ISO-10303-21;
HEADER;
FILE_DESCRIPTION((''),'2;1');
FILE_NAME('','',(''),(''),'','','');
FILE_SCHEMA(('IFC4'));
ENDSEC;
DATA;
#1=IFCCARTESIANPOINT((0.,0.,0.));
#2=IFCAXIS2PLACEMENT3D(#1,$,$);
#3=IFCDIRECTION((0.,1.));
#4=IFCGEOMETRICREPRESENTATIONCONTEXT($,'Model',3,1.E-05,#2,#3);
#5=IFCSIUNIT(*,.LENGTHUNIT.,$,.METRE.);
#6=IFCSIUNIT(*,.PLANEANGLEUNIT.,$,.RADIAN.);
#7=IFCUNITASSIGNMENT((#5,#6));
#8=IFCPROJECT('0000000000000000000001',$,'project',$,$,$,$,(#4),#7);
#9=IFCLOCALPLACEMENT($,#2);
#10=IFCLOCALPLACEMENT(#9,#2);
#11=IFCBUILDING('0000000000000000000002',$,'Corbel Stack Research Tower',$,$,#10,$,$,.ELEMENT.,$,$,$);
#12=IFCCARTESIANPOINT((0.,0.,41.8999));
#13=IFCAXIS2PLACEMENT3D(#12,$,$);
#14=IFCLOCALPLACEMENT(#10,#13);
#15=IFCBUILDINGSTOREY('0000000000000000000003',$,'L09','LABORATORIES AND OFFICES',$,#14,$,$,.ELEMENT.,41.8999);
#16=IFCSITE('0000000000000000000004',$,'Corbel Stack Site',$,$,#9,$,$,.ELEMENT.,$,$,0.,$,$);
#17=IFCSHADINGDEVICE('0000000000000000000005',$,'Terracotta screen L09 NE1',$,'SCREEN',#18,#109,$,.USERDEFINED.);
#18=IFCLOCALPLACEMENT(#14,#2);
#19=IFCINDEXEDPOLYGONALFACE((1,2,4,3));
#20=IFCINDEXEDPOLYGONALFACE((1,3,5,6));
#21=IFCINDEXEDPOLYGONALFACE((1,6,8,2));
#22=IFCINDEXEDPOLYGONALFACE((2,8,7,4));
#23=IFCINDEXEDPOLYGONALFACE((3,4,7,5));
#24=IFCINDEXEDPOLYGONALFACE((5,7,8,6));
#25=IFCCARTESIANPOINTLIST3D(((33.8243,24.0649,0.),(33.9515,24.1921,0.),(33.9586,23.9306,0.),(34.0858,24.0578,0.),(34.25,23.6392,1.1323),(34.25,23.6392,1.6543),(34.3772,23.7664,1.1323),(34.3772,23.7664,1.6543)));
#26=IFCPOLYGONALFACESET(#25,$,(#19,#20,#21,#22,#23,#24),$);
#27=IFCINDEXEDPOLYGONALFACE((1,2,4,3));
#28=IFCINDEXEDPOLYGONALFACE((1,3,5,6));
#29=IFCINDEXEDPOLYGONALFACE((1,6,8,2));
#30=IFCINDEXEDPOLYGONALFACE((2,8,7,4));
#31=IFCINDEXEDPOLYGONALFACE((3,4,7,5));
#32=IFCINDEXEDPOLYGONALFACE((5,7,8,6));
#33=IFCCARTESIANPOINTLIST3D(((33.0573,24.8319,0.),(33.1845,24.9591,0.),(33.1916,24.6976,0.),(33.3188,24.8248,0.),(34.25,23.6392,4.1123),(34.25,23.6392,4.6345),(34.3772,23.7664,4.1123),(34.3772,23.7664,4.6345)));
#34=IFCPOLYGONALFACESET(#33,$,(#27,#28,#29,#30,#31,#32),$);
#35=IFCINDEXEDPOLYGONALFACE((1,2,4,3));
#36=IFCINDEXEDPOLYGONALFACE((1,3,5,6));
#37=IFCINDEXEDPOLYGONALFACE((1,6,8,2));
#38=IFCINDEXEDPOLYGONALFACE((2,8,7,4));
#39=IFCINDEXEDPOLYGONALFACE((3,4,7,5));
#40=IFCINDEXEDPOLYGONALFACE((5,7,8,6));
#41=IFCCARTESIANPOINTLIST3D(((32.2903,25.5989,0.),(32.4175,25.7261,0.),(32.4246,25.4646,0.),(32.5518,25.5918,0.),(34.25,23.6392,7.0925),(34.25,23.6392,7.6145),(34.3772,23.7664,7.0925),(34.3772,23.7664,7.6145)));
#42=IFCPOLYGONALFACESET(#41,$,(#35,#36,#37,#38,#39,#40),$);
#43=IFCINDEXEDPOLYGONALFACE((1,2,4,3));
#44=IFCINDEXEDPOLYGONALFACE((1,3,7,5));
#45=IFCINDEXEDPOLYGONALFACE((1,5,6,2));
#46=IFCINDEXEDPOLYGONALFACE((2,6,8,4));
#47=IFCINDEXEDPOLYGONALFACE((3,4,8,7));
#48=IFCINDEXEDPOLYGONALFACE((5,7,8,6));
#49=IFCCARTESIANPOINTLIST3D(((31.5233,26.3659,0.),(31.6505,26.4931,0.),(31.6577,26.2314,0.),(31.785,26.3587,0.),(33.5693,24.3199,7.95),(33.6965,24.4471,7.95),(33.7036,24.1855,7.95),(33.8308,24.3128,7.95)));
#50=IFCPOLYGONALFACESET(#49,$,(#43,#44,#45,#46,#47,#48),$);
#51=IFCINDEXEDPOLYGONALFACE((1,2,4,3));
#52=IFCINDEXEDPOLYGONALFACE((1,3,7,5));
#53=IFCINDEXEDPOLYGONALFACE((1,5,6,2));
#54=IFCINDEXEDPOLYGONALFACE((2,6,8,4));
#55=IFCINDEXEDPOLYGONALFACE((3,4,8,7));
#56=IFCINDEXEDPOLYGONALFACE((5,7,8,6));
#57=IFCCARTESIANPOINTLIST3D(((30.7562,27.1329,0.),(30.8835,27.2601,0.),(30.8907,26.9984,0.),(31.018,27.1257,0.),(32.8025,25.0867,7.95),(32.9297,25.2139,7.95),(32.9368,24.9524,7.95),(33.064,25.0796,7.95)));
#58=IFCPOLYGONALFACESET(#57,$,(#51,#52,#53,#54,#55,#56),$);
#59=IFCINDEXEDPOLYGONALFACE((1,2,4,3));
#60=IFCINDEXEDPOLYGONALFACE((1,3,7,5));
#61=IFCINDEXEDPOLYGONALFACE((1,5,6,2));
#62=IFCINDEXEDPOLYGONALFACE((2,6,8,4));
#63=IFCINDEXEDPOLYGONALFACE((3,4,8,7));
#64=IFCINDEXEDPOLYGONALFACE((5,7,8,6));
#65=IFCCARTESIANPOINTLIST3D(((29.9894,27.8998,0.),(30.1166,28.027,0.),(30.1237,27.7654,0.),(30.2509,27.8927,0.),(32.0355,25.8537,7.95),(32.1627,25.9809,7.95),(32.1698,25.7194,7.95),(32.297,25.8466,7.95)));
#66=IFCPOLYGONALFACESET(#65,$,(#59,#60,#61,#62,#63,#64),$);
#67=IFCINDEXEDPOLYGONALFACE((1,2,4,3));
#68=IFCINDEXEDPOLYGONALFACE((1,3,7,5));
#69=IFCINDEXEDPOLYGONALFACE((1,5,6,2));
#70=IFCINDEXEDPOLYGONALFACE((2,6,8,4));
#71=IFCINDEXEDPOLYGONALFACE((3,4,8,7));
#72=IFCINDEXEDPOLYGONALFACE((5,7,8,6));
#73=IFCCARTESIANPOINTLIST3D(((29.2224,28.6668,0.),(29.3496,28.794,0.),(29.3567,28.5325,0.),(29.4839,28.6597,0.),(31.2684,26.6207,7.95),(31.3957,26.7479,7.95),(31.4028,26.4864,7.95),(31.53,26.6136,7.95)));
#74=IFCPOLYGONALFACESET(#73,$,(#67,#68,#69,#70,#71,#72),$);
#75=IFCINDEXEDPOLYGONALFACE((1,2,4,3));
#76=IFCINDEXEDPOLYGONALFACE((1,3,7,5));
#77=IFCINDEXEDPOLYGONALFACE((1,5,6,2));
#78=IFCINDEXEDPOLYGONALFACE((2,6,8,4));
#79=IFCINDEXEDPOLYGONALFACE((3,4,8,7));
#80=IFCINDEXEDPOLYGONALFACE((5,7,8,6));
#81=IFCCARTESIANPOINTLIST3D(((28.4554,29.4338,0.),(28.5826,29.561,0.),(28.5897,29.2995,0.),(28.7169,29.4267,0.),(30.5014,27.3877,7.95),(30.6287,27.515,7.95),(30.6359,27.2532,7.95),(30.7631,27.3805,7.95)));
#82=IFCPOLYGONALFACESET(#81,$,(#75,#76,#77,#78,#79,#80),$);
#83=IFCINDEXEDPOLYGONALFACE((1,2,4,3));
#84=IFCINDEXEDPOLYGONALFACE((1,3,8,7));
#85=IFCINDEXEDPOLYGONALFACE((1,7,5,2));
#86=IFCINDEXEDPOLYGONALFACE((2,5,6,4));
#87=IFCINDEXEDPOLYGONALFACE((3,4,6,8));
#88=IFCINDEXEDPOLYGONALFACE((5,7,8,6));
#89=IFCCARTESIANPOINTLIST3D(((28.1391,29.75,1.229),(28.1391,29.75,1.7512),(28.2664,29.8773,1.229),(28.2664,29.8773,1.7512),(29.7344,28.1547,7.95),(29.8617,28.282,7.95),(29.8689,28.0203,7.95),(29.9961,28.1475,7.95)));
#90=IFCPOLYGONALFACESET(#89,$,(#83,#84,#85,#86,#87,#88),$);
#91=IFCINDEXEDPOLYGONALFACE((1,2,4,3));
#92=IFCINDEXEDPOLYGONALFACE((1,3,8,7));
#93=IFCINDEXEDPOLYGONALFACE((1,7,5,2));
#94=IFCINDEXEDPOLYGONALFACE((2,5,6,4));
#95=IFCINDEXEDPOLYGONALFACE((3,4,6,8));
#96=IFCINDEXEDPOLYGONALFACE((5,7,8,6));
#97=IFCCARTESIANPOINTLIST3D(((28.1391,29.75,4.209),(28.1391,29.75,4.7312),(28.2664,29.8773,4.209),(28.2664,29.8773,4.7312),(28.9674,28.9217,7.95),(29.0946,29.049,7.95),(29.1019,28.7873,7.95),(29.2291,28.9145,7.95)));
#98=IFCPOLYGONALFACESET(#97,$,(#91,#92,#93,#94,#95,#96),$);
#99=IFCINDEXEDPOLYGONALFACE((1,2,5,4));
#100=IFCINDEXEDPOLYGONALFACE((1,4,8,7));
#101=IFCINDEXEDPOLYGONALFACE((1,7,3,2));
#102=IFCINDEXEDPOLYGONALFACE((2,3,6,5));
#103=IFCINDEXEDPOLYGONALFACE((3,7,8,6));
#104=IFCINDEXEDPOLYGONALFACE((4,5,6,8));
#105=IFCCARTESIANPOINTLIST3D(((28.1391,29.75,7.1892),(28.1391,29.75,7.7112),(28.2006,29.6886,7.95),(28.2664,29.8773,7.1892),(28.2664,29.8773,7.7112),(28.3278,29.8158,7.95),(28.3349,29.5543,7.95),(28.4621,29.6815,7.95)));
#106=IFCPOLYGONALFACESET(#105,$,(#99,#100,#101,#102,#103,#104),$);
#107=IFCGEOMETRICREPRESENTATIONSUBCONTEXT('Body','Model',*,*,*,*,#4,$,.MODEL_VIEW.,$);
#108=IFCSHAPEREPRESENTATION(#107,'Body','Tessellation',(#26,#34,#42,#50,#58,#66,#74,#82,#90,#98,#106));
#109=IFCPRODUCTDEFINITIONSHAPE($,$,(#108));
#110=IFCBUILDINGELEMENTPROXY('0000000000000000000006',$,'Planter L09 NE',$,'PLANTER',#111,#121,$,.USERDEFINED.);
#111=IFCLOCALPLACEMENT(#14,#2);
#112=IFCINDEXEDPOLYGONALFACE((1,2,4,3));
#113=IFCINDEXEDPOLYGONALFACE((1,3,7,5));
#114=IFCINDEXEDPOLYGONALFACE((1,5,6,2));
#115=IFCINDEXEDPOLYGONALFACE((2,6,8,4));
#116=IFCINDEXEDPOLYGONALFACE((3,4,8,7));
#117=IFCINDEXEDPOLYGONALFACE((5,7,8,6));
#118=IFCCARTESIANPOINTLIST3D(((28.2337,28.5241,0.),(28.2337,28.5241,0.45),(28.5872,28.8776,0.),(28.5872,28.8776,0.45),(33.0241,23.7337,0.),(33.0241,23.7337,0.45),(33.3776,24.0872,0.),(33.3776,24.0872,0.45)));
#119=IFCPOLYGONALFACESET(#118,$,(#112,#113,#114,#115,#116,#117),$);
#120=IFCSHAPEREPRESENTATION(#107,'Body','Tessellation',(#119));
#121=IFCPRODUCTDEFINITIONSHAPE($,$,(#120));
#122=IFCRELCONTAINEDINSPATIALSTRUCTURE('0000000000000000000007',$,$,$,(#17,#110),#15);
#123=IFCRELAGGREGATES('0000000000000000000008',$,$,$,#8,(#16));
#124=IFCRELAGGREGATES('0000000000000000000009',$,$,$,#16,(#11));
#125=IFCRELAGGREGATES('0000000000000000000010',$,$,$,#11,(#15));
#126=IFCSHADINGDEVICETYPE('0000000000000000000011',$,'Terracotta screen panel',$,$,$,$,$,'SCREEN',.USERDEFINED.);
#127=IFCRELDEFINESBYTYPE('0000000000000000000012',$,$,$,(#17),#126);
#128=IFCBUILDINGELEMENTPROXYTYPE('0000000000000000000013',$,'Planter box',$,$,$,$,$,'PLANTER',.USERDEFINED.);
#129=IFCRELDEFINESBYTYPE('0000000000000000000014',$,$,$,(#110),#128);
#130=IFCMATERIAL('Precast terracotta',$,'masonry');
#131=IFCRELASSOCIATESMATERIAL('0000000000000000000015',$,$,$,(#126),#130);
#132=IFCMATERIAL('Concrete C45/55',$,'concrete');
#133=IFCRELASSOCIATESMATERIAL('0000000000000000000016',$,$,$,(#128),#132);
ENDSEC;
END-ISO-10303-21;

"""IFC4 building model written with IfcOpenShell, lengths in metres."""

from ifc_helpers import new_model, si_unit, direction, frame, origin, origin_2d, place, context, subcontext, project, spatial, polyline, rectangle, outline, extrude, source, transform, mapped, material, type_object, element, save


model = new_model("IFC4")

# Units and contexts
model_context = context("Model", 3, precision=1e-05, world=origin(), true_north=direction((0.0, 1.0)))
body_context = subcontext(model_context, "Body", "Model", "MODEL_VIEW")
ifc_project = project(units=[si_unit("LENGTHUNIT", "METRE"), si_unit("PLANEANGLEUNIT", "RADIAN")], contexts=[model_context])

# Site, building, storey
site_placement = place(None, origin())
site = spatial("IfcSite", under=ifc_project, at=site_placement, Name="Corbel Stack Site", CompositionType="ELEMENT", RefElevation=0.0)
building_placement = place(site_placement, origin())
building = spatial("IfcBuilding", under=site, at=building_placement, Name="Corbel Stack Research Tower", CompositionType="ELEMENT")
storey_placement = place(building_placement, frame((0.0, 0.0, 41.8999)))
storey = spatial("IfcBuildingStorey", under=building, at=storey_placement, Name="L09", Description="LABORATORIES AND OFFICES", CompositionType="ELEMENT", Elevation=41.8999)

# Shading device
ifc_material_1 = material(Name="Precast terracotta", Category="masonry")
shading_device_type = type_object("IfcShadingDeviceType", Name="Terracotta screen panel", ElementType="SCREEN", PredefinedType="USERDEFINED", material=ifc_material_1)
shared_shape_1 = source(origin(), body_context, "Body", "SweptSolid", [
    extrude(outline(polyline([(0.6021, 0.0), (0.0, 1.6543), (0.0, 1.1323), (0.4121, 0.0), (0.6021, 0.0)])), frame((0.0, 0.0, 0.0), z_axis=(0.0, -1.0, 0.0), x_axis=(1.0, 0.0, 0.0)), (0.0, 0.0, 1.0), 0.1799),
    extrude(outline(polyline([(1.6868, 0.0), (0.0, 4.6345), (0.0, 4.1123), (1.4968, 0.0), (1.6868, 0.0)])), frame((0.0, 0.0, 0.0), z_axis=(0.0, -1.0, 0.0), x_axis=(1.0, 0.0, 0.0)), (0.0, 0.0, 1.0), 0.1799),
    extrude(outline(polyline([(2.7715, 0.0), (0.0, 7.6145), (0.0, 7.0925), (2.5815, 0.0), (2.7715, 0.0)])), frame((0.0, 0.0, 0.0), z_axis=(0.0, -1.0, 0.0), x_axis=(1.0, 0.0, 0.0)), (0.0, 0.0, 1.0), 0.1799),
    extrude(outline(polyline([(3.8562, 0.0), (0.9626, 7.95), (0.7727, 7.95), (3.666, 0.0), (3.8562, 0.0)])), frame((0.0, 0.0, 0.0), z_axis=(0.0, -1.0, 0.0), x_axis=(1.0, 0.0, 0.0)), (0.0, 0.0, 1.0), 0.1799),
    extrude(outline(polyline([(4.9409, 0.0), (2.0471, 7.95), (1.8572, 7.95), (4.7507, 0.0), (4.9409, 0.0)])), frame((0.0, 0.0, 0.0), z_axis=(0.0, -1.0, 0.0), x_axis=(1.0, 0.0, 0.0)), (0.0, 0.0, 1.0), 0.1799),
    extrude(outline(polyline([(6.0254, 0.0), (3.1318, 7.95), (2.9419, 7.95), (5.8354, 0.0), (6.0254, 0.0)])), frame((0.0, 0.0, 0.0), z_axis=(0.0, -1.0, 0.0), x_axis=(1.0, 0.0, 0.0)), (0.0, 0.0, 1.0), 0.1799),
    extrude(outline(polyline([(7.1101, 0.0), (4.2166, 7.95), (4.0266, 7.95), (6.9202, 0.0), (7.1101, 0.0)])), frame((0.0, 0.0, 0.0), z_axis=(0.0, -1.0, 0.0), x_axis=(1.0, 0.0, 0.0)), (0.0, 0.0, 1.0), 0.1799),
    extrude(outline(polyline([(8.1948, 0.0), (5.3013, 7.95), (5.1111, 7.95), (8.0049, 0.0), (8.1948, 0.0)])), frame((0.0, 0.0, 0.0), z_axis=(0.0, -1.0, 0.0), x_axis=(1.0, 0.0, 0.0)), (0.0, 0.0, 1.0), 0.1799),
    extrude(outline(polyline([(6.386, 7.95), (6.1958, 7.95), (8.6421, 1.229), (8.6421, 1.7512), (6.386, 7.95)])), frame((0.0, 0.0, 0.0), z_axis=(0.0, -1.0, 0.0), x_axis=(1.0, 0.0, 0.0)), (0.0, 0.0, 1.0), 0.1799),
    extrude(outline(polyline([(7.4707, 7.95), (7.2805, 7.95), (8.6421, 4.209), (8.6421, 4.7312), (7.4707, 7.95)])), frame((0.0, 0.0, 0.0), z_axis=(0.0, -1.0, 0.0), x_axis=(1.0, 0.0, 0.0)), (0.0, 0.0, 1.0), 0.1799),
    extrude(outline(polyline([(8.5552, 7.95), (8.3652, 7.95), (8.6421, 7.1892), (8.6421, 7.7112), (8.5552, 7.95)])), frame((0.0, 0.0, 0.0), z_axis=(0.0, -1.0, 0.0), x_axis=(1.0, 0.0, 0.0)), (0.0, 0.0, 1.0), 0.1799),
])
shading_device_1_placement = place(storey_placement, frame((34.25, 23.6392, 0.0), z_axis=(0.0, 0.0, 1.0), x_axis=(-0.707107, 0.707107, 0.0)))
element("IfcShadingDevice", 1, at=shading_device_1_placement, inside=storey, type_object=shading_device_type, Name="Terracotta screen L09 NE1", ObjectType="SCREEN", PredefinedType="USERDEFINED", context=body_context, shape_type="MappedRepresentation", body=[
    mapped(shared_shape_1, transform((0.0, 0.0, 0.0))),
])

# Building element proxy
ifc_material_2 = material(Name="Concrete C45/55", Category="concrete")
building_element_proxy_type = type_object("IfcBuildingElementProxyType", Name="Planter box", ElementType="PLANTER", PredefinedType="USERDEFINED", material=ifc_material_2)
proxy_placement = place(storey_placement, frame((30.8057, 26.3057, 0.0), z_axis=(0.0, 0.0, 1.0), x_axis=(-0.707107, 0.707107, 0.0)))
element("IfcBuildingElementProxy", 2, at=proxy_placement, inside=storey, type_object=building_element_proxy_type, Name="Planter L09 NE", ObjectType="PLANTER", PredefinedType="USERDEFINED", context=body_context, shape_type="SweptSolid", body=[
    extrude(rectangle(XDim=6.7747, YDim=0.5, at=origin_2d()), origin(), (0.0, 0.0, 1.0), 0.45),
])

save(model, "model.ifc")
